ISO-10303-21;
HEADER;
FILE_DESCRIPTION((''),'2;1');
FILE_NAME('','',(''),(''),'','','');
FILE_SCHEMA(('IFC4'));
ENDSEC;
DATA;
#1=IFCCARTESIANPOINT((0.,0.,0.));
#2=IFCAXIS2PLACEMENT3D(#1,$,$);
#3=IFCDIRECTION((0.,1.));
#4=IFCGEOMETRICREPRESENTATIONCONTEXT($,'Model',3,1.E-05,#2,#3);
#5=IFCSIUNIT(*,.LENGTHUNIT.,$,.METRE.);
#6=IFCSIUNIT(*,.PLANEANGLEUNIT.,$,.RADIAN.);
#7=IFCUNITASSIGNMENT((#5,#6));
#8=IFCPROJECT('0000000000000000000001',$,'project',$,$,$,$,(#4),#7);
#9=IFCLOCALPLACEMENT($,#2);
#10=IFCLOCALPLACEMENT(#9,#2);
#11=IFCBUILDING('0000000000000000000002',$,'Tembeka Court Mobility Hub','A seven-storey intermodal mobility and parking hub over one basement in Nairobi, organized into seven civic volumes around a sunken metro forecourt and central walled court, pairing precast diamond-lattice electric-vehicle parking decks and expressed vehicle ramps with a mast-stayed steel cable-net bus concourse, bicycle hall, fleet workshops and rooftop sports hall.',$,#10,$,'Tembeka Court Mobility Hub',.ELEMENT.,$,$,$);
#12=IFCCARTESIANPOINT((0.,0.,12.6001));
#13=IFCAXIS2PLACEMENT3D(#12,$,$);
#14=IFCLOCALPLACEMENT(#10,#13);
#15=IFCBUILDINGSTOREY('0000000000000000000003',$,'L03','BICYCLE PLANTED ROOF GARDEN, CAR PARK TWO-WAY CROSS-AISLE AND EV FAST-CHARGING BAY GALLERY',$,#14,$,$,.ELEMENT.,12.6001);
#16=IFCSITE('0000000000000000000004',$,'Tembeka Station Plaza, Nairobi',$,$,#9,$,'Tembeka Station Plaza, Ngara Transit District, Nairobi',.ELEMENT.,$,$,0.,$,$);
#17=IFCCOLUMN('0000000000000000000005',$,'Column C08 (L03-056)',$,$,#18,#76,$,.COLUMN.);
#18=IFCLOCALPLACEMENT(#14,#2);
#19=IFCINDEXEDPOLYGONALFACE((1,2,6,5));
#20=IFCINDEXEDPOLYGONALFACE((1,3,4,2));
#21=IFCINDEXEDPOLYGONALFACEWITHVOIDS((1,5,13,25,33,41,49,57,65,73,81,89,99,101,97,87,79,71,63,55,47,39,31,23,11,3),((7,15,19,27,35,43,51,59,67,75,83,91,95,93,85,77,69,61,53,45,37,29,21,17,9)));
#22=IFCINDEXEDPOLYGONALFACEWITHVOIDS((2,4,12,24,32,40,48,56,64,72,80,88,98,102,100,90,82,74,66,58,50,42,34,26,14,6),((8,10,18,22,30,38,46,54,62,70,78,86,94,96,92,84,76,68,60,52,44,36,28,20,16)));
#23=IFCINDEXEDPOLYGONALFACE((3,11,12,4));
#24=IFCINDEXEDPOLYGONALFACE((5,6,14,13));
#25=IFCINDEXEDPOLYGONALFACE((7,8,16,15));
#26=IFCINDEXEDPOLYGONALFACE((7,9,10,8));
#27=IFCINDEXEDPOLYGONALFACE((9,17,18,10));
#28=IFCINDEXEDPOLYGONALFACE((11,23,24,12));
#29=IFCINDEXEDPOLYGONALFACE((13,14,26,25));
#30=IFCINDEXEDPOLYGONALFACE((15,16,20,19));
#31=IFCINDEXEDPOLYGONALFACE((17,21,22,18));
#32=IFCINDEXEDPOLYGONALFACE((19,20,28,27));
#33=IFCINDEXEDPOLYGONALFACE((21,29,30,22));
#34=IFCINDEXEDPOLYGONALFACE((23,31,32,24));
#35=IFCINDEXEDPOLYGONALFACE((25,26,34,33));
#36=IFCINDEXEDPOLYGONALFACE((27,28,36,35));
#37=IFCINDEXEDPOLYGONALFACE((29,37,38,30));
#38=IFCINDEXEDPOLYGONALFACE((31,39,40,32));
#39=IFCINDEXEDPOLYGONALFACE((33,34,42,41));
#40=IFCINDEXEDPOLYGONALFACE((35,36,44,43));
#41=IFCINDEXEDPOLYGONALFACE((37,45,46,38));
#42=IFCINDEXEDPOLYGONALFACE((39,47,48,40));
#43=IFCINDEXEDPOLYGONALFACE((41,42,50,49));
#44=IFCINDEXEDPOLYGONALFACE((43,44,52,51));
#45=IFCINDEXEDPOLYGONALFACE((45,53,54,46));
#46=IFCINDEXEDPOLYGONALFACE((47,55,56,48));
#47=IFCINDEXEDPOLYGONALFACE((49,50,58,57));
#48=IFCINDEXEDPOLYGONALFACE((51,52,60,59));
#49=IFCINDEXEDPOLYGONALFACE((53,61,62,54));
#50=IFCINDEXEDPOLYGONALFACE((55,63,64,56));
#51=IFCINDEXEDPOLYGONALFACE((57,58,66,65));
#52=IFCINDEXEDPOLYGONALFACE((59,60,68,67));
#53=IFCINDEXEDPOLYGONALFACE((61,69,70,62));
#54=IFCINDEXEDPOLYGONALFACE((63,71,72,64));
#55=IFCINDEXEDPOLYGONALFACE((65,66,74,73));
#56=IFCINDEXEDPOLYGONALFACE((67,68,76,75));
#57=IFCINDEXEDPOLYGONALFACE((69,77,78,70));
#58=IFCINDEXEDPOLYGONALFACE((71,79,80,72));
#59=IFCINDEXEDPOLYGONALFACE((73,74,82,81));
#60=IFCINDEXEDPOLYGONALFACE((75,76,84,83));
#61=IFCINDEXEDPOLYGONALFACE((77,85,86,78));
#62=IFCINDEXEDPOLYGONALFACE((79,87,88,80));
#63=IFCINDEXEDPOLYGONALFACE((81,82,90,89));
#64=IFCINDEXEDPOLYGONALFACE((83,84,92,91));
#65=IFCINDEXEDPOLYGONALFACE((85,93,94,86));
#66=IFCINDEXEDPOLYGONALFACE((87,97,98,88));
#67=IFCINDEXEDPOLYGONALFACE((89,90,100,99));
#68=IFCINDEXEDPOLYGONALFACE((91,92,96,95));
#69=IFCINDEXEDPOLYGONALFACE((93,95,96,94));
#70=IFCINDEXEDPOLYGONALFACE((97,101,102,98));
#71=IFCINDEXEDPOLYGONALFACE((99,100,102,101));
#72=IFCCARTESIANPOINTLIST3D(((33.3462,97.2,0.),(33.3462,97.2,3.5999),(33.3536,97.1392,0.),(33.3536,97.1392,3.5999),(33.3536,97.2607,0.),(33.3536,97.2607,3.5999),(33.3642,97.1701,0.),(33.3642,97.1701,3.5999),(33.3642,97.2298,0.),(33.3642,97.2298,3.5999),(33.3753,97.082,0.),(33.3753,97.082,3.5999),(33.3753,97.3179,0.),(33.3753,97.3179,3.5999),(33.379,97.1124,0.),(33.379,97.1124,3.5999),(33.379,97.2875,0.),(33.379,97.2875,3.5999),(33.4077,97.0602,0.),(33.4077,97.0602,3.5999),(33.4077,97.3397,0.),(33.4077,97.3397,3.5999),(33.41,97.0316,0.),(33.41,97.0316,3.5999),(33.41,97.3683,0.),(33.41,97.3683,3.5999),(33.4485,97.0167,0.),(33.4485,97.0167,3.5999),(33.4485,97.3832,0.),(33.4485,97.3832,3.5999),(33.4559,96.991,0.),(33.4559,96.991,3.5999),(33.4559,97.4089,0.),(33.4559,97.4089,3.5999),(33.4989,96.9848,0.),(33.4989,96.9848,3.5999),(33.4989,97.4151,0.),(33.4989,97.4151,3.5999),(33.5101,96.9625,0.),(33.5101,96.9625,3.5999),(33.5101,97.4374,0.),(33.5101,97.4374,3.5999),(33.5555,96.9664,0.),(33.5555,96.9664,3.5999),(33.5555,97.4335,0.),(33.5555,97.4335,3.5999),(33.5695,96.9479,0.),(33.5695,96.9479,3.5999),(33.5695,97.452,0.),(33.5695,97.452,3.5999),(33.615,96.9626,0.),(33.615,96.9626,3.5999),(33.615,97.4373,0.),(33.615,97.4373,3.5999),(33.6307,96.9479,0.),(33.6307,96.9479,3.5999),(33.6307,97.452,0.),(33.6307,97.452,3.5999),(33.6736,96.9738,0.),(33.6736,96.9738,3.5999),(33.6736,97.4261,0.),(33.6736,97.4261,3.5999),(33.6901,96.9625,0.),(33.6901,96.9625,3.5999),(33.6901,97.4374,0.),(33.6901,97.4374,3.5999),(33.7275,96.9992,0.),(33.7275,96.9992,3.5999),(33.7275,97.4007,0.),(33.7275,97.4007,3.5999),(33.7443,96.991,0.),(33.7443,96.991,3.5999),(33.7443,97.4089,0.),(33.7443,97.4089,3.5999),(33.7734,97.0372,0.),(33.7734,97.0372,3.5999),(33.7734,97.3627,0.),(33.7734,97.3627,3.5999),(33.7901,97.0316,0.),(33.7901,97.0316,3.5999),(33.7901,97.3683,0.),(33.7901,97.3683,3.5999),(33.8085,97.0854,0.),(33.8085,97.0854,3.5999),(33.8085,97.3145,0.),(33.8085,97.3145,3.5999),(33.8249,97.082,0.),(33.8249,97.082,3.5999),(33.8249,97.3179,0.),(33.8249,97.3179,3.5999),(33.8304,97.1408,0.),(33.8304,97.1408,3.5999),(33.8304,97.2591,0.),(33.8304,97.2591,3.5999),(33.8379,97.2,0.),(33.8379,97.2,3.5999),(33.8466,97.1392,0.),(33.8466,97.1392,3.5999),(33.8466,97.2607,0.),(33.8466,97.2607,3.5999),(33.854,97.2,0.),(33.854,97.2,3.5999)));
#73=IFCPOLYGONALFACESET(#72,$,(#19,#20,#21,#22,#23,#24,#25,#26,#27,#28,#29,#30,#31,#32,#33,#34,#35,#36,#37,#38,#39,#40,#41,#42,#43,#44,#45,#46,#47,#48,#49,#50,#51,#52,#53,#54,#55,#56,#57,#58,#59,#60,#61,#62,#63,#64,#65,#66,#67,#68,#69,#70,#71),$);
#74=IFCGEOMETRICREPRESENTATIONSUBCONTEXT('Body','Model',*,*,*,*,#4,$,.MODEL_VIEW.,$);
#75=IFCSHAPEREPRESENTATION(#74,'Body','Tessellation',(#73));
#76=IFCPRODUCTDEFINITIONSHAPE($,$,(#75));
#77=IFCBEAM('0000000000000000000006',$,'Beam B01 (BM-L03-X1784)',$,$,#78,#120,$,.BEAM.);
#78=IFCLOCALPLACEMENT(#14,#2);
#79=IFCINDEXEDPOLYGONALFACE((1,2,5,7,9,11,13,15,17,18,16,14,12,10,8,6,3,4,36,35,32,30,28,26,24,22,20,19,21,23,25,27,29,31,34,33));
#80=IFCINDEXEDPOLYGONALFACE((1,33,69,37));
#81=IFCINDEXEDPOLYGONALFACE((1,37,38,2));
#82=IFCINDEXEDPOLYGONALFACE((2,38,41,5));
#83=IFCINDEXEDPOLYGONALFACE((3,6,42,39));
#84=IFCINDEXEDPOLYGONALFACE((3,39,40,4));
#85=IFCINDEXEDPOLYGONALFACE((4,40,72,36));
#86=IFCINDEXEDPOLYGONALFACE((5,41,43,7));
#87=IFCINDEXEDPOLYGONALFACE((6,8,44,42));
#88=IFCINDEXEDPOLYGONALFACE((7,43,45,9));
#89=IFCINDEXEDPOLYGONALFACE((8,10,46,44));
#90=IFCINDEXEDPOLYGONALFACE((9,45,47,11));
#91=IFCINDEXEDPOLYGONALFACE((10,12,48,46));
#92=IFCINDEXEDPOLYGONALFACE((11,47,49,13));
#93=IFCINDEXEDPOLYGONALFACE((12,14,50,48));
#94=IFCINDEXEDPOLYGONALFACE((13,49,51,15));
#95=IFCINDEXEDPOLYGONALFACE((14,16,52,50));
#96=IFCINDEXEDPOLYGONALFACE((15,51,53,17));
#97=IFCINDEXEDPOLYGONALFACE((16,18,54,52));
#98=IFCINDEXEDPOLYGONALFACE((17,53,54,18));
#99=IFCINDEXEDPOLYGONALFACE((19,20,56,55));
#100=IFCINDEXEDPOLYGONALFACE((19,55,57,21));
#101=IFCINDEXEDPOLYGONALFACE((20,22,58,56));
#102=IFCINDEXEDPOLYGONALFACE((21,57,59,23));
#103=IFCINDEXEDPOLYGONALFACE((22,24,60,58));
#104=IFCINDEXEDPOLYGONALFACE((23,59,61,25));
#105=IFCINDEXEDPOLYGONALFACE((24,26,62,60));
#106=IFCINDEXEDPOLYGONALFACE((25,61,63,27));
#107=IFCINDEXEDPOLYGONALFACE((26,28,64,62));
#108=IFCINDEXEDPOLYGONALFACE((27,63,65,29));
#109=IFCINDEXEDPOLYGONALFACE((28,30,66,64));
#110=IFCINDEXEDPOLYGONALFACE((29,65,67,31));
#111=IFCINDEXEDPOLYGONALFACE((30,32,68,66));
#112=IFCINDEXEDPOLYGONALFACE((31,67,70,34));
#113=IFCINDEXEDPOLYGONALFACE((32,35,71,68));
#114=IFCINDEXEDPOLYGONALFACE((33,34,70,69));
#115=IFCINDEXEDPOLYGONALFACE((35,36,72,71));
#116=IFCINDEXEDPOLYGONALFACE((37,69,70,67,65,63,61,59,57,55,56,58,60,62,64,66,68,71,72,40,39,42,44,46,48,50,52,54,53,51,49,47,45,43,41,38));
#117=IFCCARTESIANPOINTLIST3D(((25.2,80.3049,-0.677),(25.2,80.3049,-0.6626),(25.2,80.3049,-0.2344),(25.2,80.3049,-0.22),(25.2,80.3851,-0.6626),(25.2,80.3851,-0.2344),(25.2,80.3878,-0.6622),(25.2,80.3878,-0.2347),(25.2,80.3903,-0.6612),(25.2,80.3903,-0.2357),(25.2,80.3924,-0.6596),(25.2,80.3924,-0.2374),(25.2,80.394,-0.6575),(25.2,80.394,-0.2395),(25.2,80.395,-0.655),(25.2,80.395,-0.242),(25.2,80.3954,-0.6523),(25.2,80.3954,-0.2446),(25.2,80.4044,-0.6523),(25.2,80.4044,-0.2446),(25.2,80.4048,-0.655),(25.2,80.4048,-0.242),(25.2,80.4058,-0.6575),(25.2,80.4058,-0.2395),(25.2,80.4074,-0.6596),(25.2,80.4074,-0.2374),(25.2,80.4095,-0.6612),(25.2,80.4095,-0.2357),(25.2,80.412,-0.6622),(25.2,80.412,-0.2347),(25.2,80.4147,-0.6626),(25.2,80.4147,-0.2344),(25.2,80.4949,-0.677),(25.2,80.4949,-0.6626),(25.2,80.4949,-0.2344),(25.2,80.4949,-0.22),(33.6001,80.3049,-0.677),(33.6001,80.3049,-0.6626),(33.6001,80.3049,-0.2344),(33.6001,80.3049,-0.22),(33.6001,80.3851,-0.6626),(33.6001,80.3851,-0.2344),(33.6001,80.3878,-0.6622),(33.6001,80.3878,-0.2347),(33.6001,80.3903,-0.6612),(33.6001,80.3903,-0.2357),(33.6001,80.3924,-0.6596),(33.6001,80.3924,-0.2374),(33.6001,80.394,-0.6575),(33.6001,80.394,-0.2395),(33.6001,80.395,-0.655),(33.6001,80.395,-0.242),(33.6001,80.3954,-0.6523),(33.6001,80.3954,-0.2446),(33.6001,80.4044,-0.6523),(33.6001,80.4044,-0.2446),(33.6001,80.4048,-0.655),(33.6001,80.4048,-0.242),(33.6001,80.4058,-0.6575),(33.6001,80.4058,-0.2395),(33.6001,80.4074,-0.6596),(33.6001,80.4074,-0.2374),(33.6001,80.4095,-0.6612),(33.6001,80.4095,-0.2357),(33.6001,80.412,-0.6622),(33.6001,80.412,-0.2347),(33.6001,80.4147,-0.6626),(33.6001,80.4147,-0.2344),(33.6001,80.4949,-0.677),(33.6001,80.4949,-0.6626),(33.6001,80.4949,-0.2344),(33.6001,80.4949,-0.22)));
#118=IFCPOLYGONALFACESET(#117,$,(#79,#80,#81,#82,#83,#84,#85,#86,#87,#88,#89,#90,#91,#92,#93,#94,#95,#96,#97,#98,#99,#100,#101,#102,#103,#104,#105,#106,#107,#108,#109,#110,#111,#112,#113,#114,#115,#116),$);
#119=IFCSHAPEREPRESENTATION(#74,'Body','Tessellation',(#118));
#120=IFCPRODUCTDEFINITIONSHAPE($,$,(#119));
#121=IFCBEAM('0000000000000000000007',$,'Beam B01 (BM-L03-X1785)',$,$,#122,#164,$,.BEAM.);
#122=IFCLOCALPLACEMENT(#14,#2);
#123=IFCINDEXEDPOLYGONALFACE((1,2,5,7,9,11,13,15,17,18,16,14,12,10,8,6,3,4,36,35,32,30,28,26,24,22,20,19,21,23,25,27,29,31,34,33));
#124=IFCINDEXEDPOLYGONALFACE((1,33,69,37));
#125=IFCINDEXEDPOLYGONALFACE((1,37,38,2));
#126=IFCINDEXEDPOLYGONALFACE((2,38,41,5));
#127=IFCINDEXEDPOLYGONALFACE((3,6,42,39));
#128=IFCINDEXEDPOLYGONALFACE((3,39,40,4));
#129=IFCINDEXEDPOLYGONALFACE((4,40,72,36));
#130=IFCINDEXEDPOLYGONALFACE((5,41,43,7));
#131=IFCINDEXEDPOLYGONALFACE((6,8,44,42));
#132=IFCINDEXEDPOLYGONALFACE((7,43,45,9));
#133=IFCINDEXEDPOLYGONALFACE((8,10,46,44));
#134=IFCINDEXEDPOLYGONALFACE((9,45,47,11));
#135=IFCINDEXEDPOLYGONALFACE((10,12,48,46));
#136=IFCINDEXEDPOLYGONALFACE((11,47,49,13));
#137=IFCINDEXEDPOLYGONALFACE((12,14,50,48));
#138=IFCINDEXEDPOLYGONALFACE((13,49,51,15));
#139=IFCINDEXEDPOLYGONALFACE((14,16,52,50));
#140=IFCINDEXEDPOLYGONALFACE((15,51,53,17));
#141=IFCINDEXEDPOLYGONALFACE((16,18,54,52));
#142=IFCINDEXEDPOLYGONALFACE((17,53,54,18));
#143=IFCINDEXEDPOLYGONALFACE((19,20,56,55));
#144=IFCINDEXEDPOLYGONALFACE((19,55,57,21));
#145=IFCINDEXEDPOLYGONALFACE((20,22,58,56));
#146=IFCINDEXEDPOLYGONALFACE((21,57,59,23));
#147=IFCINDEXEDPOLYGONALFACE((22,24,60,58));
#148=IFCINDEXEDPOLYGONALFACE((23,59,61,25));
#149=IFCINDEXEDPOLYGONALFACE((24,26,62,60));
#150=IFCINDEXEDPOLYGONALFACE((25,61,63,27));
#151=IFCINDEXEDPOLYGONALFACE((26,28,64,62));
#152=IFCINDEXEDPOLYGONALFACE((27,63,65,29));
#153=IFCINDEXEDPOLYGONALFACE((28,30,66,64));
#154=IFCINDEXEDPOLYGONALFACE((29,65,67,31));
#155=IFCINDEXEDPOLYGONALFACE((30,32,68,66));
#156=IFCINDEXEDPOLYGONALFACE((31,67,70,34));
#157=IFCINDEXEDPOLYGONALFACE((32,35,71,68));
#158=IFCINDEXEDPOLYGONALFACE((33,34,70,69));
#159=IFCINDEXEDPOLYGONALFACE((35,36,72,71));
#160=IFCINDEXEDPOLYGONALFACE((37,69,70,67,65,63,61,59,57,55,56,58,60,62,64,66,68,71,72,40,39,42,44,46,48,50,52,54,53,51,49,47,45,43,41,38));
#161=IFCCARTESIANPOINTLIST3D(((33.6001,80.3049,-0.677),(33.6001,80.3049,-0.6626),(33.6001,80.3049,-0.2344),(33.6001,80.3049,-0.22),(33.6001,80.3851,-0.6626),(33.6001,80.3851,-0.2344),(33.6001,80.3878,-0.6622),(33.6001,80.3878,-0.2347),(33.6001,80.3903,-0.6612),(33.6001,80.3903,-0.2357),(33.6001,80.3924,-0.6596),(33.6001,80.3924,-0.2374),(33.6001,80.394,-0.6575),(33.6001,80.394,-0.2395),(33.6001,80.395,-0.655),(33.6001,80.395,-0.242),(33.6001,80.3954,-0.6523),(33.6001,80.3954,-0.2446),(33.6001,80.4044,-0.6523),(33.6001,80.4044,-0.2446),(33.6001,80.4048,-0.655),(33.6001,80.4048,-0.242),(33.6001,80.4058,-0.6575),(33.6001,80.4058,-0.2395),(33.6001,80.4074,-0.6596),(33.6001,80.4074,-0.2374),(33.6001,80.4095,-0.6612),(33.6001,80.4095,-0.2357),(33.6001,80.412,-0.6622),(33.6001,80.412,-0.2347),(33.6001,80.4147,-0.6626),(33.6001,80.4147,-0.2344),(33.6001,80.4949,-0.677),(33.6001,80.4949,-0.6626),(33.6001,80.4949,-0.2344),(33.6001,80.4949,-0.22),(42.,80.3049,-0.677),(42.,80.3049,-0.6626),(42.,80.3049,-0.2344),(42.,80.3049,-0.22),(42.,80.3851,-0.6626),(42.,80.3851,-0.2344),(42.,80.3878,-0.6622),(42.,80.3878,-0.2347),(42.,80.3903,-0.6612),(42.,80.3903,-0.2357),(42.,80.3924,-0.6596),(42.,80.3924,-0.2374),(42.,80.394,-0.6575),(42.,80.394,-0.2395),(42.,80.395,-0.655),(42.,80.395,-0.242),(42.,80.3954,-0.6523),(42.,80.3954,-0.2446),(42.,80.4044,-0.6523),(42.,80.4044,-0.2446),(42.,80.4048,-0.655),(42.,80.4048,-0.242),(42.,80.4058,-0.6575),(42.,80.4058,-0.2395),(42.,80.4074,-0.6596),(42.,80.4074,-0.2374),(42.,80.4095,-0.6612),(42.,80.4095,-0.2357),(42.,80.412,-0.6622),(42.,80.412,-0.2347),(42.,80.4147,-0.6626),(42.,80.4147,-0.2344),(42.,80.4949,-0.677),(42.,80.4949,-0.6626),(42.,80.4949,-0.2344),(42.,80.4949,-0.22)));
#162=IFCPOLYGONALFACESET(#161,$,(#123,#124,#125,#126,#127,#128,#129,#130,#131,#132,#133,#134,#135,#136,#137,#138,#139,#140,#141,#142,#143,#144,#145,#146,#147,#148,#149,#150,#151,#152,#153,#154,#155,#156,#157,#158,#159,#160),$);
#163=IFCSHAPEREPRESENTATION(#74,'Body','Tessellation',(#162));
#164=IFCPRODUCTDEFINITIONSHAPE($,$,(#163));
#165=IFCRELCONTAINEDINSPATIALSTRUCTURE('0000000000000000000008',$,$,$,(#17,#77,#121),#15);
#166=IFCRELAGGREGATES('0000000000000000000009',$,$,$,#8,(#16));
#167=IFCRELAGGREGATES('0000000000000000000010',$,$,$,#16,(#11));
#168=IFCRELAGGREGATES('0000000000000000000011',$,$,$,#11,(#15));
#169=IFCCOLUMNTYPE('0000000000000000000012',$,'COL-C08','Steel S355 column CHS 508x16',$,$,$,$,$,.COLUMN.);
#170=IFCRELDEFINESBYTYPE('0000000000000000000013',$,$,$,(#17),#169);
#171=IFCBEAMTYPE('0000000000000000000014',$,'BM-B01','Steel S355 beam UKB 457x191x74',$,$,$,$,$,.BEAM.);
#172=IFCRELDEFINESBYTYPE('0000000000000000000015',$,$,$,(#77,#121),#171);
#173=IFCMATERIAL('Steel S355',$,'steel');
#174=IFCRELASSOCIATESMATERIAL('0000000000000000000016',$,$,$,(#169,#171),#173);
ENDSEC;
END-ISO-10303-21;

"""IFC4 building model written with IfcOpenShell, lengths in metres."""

from ifc_helpers import new_model, si_unit, direction, frame, origin, origin_2d, place, context, subcontext, project, spatial, hollow_circle, i_section, extrude, material, material_profile, profile_set, type_object, element, save


model = new_model("IFC4")

# Units and contexts
model_context = context("Model", 3, precision=1e-05, world=origin(), true_north=direction((0.0, 1.0)))
body_context = subcontext(model_context, "Body", "Model", "MODEL_VIEW")
ifc_project = project(units=[si_unit("LENGTHUNIT", "METRE"), si_unit("PLANEANGLEUNIT", "RADIAN")], contexts=[model_context])

# Site, building, storey
site_placement = place(None, origin())
site = spatial("IfcSite", under=ifc_project, at=site_placement, Name="Tembeka Station Plaza, Nairobi", LongName="Tembeka Station Plaza, Ngara Transit District, Nairobi", CompositionType="ELEMENT", RefElevation=0.0)
building_placement = place(site_placement, origin())
building = spatial("IfcBuilding", under=site, at=building_placement, Name="Tembeka Court Mobility Hub", Description="A seven-storey intermodal mobility and parking hub over one basement in Nairobi, organized into seven civic volumes around a sunken metro forecourt and central walled court, pairing precast diamond-lattice electric-vehicle parking decks and expressed vehicle ramps with a mast-stayed steel cable-net bus concourse, bicycle hall, fleet workshops and rooftop sports hall.", LongName="Tembeka Court Mobility Hub", CompositionType="ELEMENT")
storey_placement = place(building_placement, frame((0.0, 0.0, 12.6001)))
storey = spatial("IfcBuildingStorey", under=building, at=storey_placement, Name="L03", Description="BICYCLE PLANTED ROOF GARDEN, CAR PARK TWO-WAY CROSS-AISLE AND EV FAST-CHARGING BAY GALLERY", CompositionType="ELEMENT", Elevation=12.6001)

# Column
ifc_material_1 = material(Name="Steel S355", Category="steel")
ifc_material_profile_1 = material_profile(ifc_material_1, hollow_circle(Radius=0.2539, WallThickness=0.0161, at=origin_2d()), Name="CHS 508x16")
ifc_profile_set_1 = profile_set([ifc_material_profile_1], Name="Steel S355")
column_type_1 = type_object("IfcColumnType", Name="COL-C08", Description="Steel S355 column CHS 508x16", PredefinedType="COLUMN", material=ifc_profile_set_1)
column_placement = place(storey_placement, frame((33.6001, 97.2, 0.0), z_axis=(0.0, 0.0, 1.0), x_axis=(1.0, 0.0, 0.0)))
element("IfcColumn", 1, at=column_placement, inside=storey, type_object=column_type_1, Name="Column C08 (L03-056)", PredefinedType="COLUMN", context=body_context, shape_type="SweptSolid", body=[
    extrude(hollow_circle(Radius=0.2539, WallThickness=0.0161, at=origin_2d()), origin(), (0.0, 0.0, 1.0), 3.5999),
])

# Beams
ifc_material_profile_2 = material_profile(ifc_material_1, i_section(OverallWidth=0.1899, OverallDepth=0.457, WebThickness=0.009, FlangeThickness=0.0144, FilletRadius=0.0103, at=origin_2d()), Name="UKB 457x191x74")
ifc_profile_set_2 = profile_set([ifc_material_profile_2], Name="Steel S355")
beam_type_1 = type_object("IfcBeamType", Name="BM-B01", Description="Steel S355 beam UKB 457x191x74", PredefinedType="BEAM", material=ifc_profile_set_2)
beam_1_placement = place(storey_placement, frame((25.2, 80.3999, -0.4485), z_axis=(1.0, 0.0, 0.0), x_axis=(0.0, 1.0, 0.0)))
element("IfcBeam", 2, at=beam_1_placement, inside=storey, type_object=beam_type_1, Name="Beam B01 (BM-L03-X1784)", PredefinedType="BEAM", context=body_context, shape_type="SweptSolid", body=[
    extrude(i_section(OverallWidth=0.1899, OverallDepth=0.457, WebThickness=0.009, FlangeThickness=0.0144, FilletRadius=0.0103, at=origin_2d()), origin(), (0.0, 0.0, 1.0), 8.4001),
])
for number, where, z_axis, x_axis, name in (
    (3, (33.6001, 80.3999, -0.4485), (1.0, 0.0, 0.0), (0.0, 1.0, 0.0), "Beam B01 (BM-L03-X1785)"),
):
    element("IfcBeam", number, at=place(storey_placement, frame(where, z_axis=z_axis, x_axis=x_axis)), inside=storey, type_object=beam_type_1, Name=name, PredefinedType="BEAM", context=body_context, shape_type="SweptSolid", body=[
        extrude(i_section(OverallWidth=0.1899, OverallDepth=0.457, WebThickness=0.009, FlangeThickness=0.0144, FilletRadius=0.0103, at=origin_2d()), origin(), (0.0, 0.0, 1.0), 8.3999),
    ])

save(model, "model.ifc")
